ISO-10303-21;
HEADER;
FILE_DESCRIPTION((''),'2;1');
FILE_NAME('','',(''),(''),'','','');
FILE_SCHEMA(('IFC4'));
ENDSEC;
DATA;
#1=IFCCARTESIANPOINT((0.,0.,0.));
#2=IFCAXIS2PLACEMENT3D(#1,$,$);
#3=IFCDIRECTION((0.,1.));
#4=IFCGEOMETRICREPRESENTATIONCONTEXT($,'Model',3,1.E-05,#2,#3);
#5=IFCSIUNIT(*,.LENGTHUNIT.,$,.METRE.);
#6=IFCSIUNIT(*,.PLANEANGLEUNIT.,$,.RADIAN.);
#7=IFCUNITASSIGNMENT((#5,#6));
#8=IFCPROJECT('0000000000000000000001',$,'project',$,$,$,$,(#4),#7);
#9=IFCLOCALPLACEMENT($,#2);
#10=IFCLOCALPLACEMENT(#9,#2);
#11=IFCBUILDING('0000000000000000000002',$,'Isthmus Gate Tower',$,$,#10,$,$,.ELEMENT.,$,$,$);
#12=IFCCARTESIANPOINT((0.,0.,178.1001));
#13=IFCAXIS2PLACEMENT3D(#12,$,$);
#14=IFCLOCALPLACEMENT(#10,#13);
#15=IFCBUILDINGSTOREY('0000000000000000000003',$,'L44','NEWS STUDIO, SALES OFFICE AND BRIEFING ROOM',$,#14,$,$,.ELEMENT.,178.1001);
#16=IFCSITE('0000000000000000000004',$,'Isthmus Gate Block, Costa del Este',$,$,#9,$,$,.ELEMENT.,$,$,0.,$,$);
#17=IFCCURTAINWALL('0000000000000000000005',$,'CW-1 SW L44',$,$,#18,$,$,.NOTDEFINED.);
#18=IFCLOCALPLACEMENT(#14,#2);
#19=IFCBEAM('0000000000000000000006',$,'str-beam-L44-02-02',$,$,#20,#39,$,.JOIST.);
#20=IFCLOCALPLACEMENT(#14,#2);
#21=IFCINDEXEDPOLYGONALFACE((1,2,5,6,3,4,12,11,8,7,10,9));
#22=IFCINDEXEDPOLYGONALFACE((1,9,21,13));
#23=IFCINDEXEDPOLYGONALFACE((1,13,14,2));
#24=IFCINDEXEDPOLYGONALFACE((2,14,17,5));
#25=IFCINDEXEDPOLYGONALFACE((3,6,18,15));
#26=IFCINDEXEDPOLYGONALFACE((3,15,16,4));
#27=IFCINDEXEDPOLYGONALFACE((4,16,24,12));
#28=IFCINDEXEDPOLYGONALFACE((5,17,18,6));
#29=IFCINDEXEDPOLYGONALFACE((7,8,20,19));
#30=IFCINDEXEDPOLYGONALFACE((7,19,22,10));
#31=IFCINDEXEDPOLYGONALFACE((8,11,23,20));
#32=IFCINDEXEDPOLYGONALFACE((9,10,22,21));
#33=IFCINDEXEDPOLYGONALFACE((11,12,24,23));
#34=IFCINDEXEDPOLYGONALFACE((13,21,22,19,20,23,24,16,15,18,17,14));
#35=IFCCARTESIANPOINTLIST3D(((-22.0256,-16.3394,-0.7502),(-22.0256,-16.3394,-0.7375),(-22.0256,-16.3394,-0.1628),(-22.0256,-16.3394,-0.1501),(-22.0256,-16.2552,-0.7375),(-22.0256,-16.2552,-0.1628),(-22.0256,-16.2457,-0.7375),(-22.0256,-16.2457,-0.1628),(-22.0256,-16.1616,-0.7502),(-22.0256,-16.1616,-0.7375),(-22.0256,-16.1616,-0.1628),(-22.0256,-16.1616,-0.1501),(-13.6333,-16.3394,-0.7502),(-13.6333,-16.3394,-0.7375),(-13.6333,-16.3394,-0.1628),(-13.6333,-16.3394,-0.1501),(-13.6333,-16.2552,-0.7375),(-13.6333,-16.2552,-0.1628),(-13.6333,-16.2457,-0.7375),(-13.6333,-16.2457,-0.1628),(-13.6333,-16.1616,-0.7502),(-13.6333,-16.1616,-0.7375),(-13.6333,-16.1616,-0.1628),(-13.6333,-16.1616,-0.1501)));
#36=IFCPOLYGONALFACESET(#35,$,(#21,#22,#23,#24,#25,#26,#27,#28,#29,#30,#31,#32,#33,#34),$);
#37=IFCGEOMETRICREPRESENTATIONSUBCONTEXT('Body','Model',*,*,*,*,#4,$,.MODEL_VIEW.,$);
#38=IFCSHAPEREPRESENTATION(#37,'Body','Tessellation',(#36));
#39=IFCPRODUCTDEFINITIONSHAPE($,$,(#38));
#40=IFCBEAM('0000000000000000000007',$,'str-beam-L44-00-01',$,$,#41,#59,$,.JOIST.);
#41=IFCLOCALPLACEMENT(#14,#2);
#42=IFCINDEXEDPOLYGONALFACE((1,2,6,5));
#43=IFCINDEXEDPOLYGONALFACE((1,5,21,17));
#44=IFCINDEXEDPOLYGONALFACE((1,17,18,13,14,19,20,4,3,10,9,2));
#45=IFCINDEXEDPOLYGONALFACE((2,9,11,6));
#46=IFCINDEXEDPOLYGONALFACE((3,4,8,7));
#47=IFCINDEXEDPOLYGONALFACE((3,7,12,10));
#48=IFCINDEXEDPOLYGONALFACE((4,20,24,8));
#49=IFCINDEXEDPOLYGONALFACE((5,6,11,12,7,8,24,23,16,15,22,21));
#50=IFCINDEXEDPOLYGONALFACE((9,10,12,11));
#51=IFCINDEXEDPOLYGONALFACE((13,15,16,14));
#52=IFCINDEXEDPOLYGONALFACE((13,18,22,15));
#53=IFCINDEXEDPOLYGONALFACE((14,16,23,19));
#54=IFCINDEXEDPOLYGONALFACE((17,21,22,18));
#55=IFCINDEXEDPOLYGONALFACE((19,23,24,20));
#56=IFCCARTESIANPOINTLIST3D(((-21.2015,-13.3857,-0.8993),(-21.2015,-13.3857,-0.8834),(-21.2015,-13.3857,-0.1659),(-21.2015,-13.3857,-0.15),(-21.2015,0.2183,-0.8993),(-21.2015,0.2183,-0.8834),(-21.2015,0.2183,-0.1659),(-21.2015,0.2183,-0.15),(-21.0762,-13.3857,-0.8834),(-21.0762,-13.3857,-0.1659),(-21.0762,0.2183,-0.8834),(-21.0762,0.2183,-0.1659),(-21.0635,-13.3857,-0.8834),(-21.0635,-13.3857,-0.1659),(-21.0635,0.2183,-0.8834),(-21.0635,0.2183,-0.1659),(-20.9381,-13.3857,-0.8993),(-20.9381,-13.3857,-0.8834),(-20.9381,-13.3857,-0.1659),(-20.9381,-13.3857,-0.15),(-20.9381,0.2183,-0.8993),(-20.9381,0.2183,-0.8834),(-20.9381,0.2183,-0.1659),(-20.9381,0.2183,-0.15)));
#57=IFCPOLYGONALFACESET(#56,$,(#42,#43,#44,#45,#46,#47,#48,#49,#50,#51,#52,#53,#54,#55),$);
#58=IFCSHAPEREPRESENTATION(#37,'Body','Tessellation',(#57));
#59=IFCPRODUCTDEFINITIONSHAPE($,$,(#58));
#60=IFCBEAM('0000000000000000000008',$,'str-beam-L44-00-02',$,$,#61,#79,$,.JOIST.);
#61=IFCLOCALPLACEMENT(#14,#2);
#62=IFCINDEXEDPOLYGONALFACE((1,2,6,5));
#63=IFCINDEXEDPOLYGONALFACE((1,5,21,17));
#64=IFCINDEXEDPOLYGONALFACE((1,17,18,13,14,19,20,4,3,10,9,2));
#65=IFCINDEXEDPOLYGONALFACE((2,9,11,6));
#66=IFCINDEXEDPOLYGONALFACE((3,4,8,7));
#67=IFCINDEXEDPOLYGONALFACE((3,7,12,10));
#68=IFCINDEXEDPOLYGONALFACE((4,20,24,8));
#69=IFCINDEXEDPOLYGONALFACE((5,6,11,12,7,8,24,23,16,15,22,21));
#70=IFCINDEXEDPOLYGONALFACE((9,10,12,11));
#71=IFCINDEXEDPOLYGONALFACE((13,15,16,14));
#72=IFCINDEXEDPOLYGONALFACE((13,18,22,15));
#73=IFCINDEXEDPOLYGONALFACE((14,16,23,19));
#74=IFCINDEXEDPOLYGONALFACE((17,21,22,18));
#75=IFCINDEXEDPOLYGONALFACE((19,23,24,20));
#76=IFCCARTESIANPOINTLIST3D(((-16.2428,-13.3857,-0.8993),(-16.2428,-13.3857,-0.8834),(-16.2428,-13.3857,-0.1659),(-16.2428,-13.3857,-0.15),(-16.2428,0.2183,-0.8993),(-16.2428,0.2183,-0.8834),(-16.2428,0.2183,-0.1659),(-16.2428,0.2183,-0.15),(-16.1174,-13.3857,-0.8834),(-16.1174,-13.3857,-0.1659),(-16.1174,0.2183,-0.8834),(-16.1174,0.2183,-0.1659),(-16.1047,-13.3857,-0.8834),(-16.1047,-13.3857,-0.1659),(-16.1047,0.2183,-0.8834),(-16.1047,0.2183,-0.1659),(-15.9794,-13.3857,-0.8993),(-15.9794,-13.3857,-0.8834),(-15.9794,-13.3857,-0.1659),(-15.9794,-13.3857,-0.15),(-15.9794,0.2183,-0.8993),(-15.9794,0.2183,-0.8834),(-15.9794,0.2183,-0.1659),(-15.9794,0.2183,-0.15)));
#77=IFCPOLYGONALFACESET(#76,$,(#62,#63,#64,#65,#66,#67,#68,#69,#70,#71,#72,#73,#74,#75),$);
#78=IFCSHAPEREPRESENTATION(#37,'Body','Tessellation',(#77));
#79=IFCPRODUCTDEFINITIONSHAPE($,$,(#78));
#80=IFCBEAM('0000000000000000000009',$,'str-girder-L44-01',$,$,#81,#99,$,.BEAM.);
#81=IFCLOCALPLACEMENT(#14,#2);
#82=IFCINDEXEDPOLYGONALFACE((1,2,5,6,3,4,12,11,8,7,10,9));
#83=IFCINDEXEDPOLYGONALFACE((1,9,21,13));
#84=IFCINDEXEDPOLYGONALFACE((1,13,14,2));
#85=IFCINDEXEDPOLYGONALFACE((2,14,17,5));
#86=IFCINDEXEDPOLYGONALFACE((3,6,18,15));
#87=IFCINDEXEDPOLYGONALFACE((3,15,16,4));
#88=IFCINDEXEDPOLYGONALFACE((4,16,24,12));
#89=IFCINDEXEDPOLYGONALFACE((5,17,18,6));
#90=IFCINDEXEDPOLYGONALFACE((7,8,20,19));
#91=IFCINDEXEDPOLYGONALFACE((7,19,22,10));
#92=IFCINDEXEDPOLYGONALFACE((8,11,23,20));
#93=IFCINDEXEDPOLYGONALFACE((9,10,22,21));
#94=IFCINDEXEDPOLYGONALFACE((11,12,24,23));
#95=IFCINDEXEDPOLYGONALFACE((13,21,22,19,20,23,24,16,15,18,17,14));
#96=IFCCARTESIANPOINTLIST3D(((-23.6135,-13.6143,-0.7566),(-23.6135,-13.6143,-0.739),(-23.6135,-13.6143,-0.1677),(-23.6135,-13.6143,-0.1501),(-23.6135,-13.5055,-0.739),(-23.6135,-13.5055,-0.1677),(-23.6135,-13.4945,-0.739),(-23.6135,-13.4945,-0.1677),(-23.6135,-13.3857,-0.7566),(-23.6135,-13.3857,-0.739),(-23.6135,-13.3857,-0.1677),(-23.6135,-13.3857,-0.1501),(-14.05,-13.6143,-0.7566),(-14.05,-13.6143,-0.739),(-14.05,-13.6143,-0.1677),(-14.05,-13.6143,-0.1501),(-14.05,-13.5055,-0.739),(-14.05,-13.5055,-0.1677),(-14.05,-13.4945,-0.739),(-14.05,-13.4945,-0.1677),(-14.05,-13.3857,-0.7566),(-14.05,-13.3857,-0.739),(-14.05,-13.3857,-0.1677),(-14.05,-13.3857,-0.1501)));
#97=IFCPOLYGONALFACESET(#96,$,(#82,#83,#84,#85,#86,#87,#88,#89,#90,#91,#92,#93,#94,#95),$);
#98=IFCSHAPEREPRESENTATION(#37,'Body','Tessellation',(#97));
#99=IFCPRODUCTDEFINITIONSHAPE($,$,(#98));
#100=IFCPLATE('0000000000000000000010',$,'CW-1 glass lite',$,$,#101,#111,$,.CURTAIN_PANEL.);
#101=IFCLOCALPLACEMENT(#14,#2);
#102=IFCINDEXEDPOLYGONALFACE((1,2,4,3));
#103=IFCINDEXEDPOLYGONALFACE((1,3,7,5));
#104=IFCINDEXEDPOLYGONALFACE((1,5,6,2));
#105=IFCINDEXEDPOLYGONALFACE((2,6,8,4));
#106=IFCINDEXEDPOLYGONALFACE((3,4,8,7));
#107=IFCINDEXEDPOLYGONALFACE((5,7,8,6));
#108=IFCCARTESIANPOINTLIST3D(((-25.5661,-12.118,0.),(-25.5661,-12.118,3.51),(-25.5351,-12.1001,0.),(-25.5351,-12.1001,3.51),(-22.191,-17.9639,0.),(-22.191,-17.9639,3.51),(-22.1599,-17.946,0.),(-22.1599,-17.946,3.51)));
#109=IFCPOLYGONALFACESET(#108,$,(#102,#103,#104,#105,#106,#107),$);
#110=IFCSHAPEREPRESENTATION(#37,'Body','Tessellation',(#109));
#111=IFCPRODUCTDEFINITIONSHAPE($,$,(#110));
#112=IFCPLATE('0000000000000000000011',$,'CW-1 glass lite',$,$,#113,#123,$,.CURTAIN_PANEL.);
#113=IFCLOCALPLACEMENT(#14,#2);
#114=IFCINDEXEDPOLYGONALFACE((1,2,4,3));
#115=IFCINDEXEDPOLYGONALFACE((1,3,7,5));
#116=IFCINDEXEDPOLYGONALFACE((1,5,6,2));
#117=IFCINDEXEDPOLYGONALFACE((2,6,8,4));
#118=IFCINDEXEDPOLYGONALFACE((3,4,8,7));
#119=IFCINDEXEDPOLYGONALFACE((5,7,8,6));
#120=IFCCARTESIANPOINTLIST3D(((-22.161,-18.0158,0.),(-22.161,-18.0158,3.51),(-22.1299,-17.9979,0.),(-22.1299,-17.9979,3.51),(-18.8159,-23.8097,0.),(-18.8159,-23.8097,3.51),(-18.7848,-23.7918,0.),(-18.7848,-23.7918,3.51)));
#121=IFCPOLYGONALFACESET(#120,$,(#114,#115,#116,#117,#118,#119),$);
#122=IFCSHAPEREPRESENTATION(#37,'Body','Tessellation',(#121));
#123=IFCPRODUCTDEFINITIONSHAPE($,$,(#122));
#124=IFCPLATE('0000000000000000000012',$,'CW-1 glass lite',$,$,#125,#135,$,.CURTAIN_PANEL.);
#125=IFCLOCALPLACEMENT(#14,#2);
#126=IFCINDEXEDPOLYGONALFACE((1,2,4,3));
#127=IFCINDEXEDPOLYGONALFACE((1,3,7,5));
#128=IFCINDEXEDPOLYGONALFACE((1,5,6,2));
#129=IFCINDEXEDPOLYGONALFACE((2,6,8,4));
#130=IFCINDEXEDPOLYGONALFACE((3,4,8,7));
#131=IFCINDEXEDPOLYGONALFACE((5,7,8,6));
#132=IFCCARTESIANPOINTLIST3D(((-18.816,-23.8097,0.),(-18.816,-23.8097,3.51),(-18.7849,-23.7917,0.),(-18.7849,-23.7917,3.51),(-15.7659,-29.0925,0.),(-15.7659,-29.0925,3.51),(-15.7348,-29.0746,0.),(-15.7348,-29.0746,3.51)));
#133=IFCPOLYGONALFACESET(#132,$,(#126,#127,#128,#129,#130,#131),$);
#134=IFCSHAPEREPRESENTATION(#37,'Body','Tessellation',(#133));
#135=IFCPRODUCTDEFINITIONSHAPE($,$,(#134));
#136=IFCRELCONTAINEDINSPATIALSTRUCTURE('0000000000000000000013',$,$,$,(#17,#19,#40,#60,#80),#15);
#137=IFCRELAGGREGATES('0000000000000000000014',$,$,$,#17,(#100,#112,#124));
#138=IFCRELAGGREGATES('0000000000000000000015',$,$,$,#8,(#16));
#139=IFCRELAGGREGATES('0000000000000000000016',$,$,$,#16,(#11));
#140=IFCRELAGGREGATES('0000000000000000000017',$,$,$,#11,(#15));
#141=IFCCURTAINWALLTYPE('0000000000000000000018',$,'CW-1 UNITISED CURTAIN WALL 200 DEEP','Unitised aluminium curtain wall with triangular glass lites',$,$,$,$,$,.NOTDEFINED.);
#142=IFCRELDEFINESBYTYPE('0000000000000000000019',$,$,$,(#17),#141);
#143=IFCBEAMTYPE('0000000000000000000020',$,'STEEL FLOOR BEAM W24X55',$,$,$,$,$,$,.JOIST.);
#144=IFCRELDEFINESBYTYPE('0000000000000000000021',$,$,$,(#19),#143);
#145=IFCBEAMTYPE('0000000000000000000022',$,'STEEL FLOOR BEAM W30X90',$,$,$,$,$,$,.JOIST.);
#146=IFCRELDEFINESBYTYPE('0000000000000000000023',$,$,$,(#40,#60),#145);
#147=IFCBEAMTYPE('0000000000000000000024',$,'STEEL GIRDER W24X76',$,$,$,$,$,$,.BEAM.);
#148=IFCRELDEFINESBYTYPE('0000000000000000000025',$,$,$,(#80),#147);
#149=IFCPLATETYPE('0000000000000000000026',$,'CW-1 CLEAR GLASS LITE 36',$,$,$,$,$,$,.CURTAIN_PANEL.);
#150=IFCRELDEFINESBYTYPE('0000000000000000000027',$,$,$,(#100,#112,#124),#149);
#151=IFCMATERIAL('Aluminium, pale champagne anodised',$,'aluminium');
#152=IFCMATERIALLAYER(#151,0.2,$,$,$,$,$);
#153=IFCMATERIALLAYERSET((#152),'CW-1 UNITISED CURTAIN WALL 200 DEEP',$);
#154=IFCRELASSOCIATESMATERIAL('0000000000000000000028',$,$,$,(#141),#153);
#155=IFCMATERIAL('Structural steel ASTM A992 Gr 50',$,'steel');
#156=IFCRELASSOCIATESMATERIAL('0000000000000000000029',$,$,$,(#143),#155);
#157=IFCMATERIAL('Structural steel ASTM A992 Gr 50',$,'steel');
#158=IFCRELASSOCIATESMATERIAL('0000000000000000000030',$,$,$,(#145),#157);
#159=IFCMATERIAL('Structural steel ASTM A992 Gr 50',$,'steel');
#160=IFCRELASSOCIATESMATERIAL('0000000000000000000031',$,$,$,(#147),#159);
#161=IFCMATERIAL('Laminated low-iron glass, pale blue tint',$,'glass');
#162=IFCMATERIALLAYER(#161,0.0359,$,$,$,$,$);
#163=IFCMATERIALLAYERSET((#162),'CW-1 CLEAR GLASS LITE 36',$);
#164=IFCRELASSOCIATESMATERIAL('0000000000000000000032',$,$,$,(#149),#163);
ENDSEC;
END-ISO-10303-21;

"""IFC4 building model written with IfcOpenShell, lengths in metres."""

from ifc_helpers import new_model, si_unit, direction, frame, origin, origin_2d, place, context, subcontext, project, spatial, rectangle, i_section, extrude, material, layer, layer_set, material_profile, profile_set, type_object, element, aggregate, save


model = new_model("IFC4")

# Units and contexts
model_context = context("Model", 3, precision=1e-05, world=origin(), true_north=direction((0.0, 1.0)))
body_context = subcontext(model_context, "Body", "Model", "MODEL_VIEW")
ifc_project = project(units=[si_unit("LENGTHUNIT", "METRE"), si_unit("PLANEANGLEUNIT", "RADIAN")], contexts=[model_context])

# Site, building, storey
site_placement = place(None, origin())
site = spatial("IfcSite", under=ifc_project, at=site_placement, Name="Isthmus Gate Block, Costa del Este", CompositionType="ELEMENT", RefElevation=0.0)
building_placement = place(site_placement, origin())
building = spatial("IfcBuilding", under=site, at=building_placement, Name="Isthmus Gate Tower", CompositionType="ELEMENT")
storey_placement = place(building_placement, frame((0.0, 0.0, 178.1001)))
storey = spatial("IfcBuildingStorey", under=building, at=storey_placement, Name="L44", Description="NEWS STUDIO, SALES OFFICE AND BRIEFING ROOM", CompositionType="ELEMENT", Elevation=178.1001)

# Curtain wall
ifc_material_1 = material(Name="Aluminium, pale champagne anodised", Category="aluminium")
ifc_layer_1 = layer(ifc_material_1, 0.2)
ifc_layer_set_1 = layer_set([ifc_layer_1], Name="CW-1 UNITISED CURTAIN WALL 200 DEEP")
curtain_wall_type = type_object("IfcCurtainWallType", Name="CW-1 UNITISED CURTAIN WALL 200 DEEP", Description="Unitised aluminium curtain wall with triangular glass lites", PredefinedType="NOTDEFINED", material=ifc_layer_set_1)
curtain_wall_1_placement = place(storey_placement, origin())
curtain_wall_1 = element("IfcCurtainWall", 1, at=curtain_wall_1_placement, inside=storey, type_object=curtain_wall_type, Name="CW-1 SW L44", PredefinedType="NOTDEFINED")

# Beams
ifc_material_2 = material(Name="Structural steel ASTM A992 Gr 50", Category="steel")
ifc_material_profile_1 = material_profile(ifc_material_2, i_section(OverallWidth=0.1777, OverallDepth=0.6001, WebThickness=0.0095, FlangeThickness=0.0127, at=origin_2d()), Name="W24X55")
ifc_profile_set_1 = profile_set([ifc_material_profile_1], Name="Structural steel ASTM A992 Gr 50")
beam_type_1 = type_object("IfcBeamType", Name="STEEL FLOOR BEAM W24X55", PredefinedType="JOIST", material=ifc_profile_set_1)
beam_1_placement = place(storey_placement, frame((-22.0256, -16.2505, -0.4502), z_axis=(1.0, 0.0, 0.0), x_axis=(0.0, 1.0, 0.0)))
element("IfcBeam", 2, at=beam_1_placement, inside=storey, type_object=beam_type_1, Name="str-beam-L44-02-02", PredefinedType="JOIST", context=body_context, shape_type="SweptSolid", body=[
    extrude(i_section(OverallWidth=0.1777, OverallDepth=0.6001, WebThickness=0.0095, FlangeThickness=0.0127, at=origin_2d()), origin(), (0.0, 0.0, 1.0), 8.3923),
])
ifc_material_3 = material(Name="Structural steel ASTM A992 Gr 50", Category="steel")
ifc_material_profile_2 = material_profile(ifc_material_3, i_section(OverallWidth=0.2634, OverallDepth=0.7493, WebThickness=0.0127, FlangeThickness=0.0159, at=origin_2d()), Name="W30X90")
ifc_profile_set_2 = profile_set([ifc_material_profile_2], Name="Structural steel ASTM A992 Gr 50")
beam_type_2 = type_object("IfcBeamType", Name="STEEL FLOOR BEAM W30X90", PredefinedType="JOIST", material=ifc_profile_set_2)
for number, where, z_axis, x_axis, name in (
    (3, (-21.0698, -13.3857, -0.5247), (0.0, 1.0, 0.0), (-1.0, 0.0, 0.0), "str-beam-L44-00-01"),
    (4, (-16.1111, -13.3857, -0.5247), (0.0, 1.0, 0.0), (-1.0, 0.0, 0.0), "str-beam-L44-00-02"),
):
    element("IfcBeam", number, at=place(storey_placement, frame(where, z_axis=z_axis, x_axis=x_axis)), inside=storey, type_object=beam_type_2, Name=name, PredefinedType="JOIST", context=body_context, shape_type="SweptSolid", body=[
        extrude(i_section(OverallWidth=0.2634, OverallDepth=0.7493, WebThickness=0.0127, FlangeThickness=0.0159, at=origin_2d()), origin(), (0.0, 0.0, 1.0), 13.604),
    ])
ifc_material_4 = material(Name="Structural steel ASTM A992 Gr 50", Category="steel")
ifc_material_profile_3 = material_profile(ifc_material_4, i_section(OverallWidth=0.2285, OverallDepth=0.6064, WebThickness=0.011, FlangeThickness=0.0176, at=origin_2d()), Name="W24X76")
ifc_profile_set_3 = profile_set([ifc_material_profile_3], Name="Structural steel ASTM A992 Gr 50")
beam_type_3 = type_object("IfcBeamType", Name="STEEL GIRDER W24X76", PredefinedType="BEAM", material=ifc_profile_set_3)
beam_2_placement = place(storey_placement, frame((-23.6135, -13.5, -0.4534), z_axis=(1.0, 0.0, 0.0), x_axis=(0.0, 1.0, 0.0)))
element("IfcBeam", 5, at=beam_2_placement, inside=storey, type_object=beam_type_3, Name="str-girder-L44-01", PredefinedType="BEAM", context=body_context, shape_type="SweptSolid", body=[
    extrude(i_section(OverallWidth=0.2285, OverallDepth=0.6064, WebThickness=0.011, FlangeThickness=0.0176, at=origin_2d()), origin(), (0.0, 0.0, 1.0), 9.5635),
])

# Plates
ifc_material_5 = material(Name="Laminated low-iron glass, pale blue tint", Category="glass")
ifc_layer_2 = layer(ifc_material_5, 0.0359)
ifc_layer_set_2 = layer_set([ifc_layer_2], Name="CW-1 CLEAR GLASS LITE 36")
plate_type = type_object("IfcPlateType", Name="CW-1 CLEAR GLASS LITE 36", PredefinedType="CURTAIN_PANEL", material=ifc_layer_set_2)
plate_1_placement = place(storey_placement, frame((-23.863, -15.032, 0.0), z_axis=(0.0, 0.0, 1.0), x_axis=(0.5, -0.866025, 0.0)))
plate_1 = element("IfcPlate", 6, at=plate_1_placement, type_object=plate_type, Name="CW-1 glass lite", PredefinedType="CURTAIN_PANEL", context=body_context, shape_type="SweptSolid", body=[
    extrude(rectangle(XDim=6.7502, YDim=0.0359, at=origin_2d()), origin(), (0.0, 0.0, 1.0), 3.51),
])
plate_2_placement = place(storey_placement, frame((-20.4729, -20.9038, 0.0), z_axis=(0.0, 0.0, 1.0), x_axis=(0.5, -0.866025, 0.0)))
plate_2 = element("IfcPlate", 7, at=plate_2_placement, type_object=plate_type, Name="CW-1 glass lite", PredefinedType="CURTAIN_PANEL", context=body_context, shape_type="SweptSolid", body=[
    extrude(rectangle(XDim=6.6902, YDim=0.0359, at=origin_2d()), origin(), (0.0, 0.0, 1.0), 3.51),
])
plate_3_placement = place(storey_placement, frame((-17.2754, -26.4421, 0.0), z_axis=(0.0, 0.0, 1.0), x_axis=(0.5, -0.866025, 0.0)))
plate_3 = element("IfcPlate", 8, at=plate_3_placement, type_object=plate_type, Name="CW-1 glass lite", PredefinedType="CURTAIN_PANEL", context=body_context, shape_type="SweptSolid", body=[
    extrude(rectangle(XDim=6.1001, YDim=0.0359, at=origin_2d()), origin(), (0.0, 0.0, 1.0), 3.51),
])
aggregate(curtain_wall_1, [plate_1, plate_2, plate_3])

save(model, "model.ifc")
